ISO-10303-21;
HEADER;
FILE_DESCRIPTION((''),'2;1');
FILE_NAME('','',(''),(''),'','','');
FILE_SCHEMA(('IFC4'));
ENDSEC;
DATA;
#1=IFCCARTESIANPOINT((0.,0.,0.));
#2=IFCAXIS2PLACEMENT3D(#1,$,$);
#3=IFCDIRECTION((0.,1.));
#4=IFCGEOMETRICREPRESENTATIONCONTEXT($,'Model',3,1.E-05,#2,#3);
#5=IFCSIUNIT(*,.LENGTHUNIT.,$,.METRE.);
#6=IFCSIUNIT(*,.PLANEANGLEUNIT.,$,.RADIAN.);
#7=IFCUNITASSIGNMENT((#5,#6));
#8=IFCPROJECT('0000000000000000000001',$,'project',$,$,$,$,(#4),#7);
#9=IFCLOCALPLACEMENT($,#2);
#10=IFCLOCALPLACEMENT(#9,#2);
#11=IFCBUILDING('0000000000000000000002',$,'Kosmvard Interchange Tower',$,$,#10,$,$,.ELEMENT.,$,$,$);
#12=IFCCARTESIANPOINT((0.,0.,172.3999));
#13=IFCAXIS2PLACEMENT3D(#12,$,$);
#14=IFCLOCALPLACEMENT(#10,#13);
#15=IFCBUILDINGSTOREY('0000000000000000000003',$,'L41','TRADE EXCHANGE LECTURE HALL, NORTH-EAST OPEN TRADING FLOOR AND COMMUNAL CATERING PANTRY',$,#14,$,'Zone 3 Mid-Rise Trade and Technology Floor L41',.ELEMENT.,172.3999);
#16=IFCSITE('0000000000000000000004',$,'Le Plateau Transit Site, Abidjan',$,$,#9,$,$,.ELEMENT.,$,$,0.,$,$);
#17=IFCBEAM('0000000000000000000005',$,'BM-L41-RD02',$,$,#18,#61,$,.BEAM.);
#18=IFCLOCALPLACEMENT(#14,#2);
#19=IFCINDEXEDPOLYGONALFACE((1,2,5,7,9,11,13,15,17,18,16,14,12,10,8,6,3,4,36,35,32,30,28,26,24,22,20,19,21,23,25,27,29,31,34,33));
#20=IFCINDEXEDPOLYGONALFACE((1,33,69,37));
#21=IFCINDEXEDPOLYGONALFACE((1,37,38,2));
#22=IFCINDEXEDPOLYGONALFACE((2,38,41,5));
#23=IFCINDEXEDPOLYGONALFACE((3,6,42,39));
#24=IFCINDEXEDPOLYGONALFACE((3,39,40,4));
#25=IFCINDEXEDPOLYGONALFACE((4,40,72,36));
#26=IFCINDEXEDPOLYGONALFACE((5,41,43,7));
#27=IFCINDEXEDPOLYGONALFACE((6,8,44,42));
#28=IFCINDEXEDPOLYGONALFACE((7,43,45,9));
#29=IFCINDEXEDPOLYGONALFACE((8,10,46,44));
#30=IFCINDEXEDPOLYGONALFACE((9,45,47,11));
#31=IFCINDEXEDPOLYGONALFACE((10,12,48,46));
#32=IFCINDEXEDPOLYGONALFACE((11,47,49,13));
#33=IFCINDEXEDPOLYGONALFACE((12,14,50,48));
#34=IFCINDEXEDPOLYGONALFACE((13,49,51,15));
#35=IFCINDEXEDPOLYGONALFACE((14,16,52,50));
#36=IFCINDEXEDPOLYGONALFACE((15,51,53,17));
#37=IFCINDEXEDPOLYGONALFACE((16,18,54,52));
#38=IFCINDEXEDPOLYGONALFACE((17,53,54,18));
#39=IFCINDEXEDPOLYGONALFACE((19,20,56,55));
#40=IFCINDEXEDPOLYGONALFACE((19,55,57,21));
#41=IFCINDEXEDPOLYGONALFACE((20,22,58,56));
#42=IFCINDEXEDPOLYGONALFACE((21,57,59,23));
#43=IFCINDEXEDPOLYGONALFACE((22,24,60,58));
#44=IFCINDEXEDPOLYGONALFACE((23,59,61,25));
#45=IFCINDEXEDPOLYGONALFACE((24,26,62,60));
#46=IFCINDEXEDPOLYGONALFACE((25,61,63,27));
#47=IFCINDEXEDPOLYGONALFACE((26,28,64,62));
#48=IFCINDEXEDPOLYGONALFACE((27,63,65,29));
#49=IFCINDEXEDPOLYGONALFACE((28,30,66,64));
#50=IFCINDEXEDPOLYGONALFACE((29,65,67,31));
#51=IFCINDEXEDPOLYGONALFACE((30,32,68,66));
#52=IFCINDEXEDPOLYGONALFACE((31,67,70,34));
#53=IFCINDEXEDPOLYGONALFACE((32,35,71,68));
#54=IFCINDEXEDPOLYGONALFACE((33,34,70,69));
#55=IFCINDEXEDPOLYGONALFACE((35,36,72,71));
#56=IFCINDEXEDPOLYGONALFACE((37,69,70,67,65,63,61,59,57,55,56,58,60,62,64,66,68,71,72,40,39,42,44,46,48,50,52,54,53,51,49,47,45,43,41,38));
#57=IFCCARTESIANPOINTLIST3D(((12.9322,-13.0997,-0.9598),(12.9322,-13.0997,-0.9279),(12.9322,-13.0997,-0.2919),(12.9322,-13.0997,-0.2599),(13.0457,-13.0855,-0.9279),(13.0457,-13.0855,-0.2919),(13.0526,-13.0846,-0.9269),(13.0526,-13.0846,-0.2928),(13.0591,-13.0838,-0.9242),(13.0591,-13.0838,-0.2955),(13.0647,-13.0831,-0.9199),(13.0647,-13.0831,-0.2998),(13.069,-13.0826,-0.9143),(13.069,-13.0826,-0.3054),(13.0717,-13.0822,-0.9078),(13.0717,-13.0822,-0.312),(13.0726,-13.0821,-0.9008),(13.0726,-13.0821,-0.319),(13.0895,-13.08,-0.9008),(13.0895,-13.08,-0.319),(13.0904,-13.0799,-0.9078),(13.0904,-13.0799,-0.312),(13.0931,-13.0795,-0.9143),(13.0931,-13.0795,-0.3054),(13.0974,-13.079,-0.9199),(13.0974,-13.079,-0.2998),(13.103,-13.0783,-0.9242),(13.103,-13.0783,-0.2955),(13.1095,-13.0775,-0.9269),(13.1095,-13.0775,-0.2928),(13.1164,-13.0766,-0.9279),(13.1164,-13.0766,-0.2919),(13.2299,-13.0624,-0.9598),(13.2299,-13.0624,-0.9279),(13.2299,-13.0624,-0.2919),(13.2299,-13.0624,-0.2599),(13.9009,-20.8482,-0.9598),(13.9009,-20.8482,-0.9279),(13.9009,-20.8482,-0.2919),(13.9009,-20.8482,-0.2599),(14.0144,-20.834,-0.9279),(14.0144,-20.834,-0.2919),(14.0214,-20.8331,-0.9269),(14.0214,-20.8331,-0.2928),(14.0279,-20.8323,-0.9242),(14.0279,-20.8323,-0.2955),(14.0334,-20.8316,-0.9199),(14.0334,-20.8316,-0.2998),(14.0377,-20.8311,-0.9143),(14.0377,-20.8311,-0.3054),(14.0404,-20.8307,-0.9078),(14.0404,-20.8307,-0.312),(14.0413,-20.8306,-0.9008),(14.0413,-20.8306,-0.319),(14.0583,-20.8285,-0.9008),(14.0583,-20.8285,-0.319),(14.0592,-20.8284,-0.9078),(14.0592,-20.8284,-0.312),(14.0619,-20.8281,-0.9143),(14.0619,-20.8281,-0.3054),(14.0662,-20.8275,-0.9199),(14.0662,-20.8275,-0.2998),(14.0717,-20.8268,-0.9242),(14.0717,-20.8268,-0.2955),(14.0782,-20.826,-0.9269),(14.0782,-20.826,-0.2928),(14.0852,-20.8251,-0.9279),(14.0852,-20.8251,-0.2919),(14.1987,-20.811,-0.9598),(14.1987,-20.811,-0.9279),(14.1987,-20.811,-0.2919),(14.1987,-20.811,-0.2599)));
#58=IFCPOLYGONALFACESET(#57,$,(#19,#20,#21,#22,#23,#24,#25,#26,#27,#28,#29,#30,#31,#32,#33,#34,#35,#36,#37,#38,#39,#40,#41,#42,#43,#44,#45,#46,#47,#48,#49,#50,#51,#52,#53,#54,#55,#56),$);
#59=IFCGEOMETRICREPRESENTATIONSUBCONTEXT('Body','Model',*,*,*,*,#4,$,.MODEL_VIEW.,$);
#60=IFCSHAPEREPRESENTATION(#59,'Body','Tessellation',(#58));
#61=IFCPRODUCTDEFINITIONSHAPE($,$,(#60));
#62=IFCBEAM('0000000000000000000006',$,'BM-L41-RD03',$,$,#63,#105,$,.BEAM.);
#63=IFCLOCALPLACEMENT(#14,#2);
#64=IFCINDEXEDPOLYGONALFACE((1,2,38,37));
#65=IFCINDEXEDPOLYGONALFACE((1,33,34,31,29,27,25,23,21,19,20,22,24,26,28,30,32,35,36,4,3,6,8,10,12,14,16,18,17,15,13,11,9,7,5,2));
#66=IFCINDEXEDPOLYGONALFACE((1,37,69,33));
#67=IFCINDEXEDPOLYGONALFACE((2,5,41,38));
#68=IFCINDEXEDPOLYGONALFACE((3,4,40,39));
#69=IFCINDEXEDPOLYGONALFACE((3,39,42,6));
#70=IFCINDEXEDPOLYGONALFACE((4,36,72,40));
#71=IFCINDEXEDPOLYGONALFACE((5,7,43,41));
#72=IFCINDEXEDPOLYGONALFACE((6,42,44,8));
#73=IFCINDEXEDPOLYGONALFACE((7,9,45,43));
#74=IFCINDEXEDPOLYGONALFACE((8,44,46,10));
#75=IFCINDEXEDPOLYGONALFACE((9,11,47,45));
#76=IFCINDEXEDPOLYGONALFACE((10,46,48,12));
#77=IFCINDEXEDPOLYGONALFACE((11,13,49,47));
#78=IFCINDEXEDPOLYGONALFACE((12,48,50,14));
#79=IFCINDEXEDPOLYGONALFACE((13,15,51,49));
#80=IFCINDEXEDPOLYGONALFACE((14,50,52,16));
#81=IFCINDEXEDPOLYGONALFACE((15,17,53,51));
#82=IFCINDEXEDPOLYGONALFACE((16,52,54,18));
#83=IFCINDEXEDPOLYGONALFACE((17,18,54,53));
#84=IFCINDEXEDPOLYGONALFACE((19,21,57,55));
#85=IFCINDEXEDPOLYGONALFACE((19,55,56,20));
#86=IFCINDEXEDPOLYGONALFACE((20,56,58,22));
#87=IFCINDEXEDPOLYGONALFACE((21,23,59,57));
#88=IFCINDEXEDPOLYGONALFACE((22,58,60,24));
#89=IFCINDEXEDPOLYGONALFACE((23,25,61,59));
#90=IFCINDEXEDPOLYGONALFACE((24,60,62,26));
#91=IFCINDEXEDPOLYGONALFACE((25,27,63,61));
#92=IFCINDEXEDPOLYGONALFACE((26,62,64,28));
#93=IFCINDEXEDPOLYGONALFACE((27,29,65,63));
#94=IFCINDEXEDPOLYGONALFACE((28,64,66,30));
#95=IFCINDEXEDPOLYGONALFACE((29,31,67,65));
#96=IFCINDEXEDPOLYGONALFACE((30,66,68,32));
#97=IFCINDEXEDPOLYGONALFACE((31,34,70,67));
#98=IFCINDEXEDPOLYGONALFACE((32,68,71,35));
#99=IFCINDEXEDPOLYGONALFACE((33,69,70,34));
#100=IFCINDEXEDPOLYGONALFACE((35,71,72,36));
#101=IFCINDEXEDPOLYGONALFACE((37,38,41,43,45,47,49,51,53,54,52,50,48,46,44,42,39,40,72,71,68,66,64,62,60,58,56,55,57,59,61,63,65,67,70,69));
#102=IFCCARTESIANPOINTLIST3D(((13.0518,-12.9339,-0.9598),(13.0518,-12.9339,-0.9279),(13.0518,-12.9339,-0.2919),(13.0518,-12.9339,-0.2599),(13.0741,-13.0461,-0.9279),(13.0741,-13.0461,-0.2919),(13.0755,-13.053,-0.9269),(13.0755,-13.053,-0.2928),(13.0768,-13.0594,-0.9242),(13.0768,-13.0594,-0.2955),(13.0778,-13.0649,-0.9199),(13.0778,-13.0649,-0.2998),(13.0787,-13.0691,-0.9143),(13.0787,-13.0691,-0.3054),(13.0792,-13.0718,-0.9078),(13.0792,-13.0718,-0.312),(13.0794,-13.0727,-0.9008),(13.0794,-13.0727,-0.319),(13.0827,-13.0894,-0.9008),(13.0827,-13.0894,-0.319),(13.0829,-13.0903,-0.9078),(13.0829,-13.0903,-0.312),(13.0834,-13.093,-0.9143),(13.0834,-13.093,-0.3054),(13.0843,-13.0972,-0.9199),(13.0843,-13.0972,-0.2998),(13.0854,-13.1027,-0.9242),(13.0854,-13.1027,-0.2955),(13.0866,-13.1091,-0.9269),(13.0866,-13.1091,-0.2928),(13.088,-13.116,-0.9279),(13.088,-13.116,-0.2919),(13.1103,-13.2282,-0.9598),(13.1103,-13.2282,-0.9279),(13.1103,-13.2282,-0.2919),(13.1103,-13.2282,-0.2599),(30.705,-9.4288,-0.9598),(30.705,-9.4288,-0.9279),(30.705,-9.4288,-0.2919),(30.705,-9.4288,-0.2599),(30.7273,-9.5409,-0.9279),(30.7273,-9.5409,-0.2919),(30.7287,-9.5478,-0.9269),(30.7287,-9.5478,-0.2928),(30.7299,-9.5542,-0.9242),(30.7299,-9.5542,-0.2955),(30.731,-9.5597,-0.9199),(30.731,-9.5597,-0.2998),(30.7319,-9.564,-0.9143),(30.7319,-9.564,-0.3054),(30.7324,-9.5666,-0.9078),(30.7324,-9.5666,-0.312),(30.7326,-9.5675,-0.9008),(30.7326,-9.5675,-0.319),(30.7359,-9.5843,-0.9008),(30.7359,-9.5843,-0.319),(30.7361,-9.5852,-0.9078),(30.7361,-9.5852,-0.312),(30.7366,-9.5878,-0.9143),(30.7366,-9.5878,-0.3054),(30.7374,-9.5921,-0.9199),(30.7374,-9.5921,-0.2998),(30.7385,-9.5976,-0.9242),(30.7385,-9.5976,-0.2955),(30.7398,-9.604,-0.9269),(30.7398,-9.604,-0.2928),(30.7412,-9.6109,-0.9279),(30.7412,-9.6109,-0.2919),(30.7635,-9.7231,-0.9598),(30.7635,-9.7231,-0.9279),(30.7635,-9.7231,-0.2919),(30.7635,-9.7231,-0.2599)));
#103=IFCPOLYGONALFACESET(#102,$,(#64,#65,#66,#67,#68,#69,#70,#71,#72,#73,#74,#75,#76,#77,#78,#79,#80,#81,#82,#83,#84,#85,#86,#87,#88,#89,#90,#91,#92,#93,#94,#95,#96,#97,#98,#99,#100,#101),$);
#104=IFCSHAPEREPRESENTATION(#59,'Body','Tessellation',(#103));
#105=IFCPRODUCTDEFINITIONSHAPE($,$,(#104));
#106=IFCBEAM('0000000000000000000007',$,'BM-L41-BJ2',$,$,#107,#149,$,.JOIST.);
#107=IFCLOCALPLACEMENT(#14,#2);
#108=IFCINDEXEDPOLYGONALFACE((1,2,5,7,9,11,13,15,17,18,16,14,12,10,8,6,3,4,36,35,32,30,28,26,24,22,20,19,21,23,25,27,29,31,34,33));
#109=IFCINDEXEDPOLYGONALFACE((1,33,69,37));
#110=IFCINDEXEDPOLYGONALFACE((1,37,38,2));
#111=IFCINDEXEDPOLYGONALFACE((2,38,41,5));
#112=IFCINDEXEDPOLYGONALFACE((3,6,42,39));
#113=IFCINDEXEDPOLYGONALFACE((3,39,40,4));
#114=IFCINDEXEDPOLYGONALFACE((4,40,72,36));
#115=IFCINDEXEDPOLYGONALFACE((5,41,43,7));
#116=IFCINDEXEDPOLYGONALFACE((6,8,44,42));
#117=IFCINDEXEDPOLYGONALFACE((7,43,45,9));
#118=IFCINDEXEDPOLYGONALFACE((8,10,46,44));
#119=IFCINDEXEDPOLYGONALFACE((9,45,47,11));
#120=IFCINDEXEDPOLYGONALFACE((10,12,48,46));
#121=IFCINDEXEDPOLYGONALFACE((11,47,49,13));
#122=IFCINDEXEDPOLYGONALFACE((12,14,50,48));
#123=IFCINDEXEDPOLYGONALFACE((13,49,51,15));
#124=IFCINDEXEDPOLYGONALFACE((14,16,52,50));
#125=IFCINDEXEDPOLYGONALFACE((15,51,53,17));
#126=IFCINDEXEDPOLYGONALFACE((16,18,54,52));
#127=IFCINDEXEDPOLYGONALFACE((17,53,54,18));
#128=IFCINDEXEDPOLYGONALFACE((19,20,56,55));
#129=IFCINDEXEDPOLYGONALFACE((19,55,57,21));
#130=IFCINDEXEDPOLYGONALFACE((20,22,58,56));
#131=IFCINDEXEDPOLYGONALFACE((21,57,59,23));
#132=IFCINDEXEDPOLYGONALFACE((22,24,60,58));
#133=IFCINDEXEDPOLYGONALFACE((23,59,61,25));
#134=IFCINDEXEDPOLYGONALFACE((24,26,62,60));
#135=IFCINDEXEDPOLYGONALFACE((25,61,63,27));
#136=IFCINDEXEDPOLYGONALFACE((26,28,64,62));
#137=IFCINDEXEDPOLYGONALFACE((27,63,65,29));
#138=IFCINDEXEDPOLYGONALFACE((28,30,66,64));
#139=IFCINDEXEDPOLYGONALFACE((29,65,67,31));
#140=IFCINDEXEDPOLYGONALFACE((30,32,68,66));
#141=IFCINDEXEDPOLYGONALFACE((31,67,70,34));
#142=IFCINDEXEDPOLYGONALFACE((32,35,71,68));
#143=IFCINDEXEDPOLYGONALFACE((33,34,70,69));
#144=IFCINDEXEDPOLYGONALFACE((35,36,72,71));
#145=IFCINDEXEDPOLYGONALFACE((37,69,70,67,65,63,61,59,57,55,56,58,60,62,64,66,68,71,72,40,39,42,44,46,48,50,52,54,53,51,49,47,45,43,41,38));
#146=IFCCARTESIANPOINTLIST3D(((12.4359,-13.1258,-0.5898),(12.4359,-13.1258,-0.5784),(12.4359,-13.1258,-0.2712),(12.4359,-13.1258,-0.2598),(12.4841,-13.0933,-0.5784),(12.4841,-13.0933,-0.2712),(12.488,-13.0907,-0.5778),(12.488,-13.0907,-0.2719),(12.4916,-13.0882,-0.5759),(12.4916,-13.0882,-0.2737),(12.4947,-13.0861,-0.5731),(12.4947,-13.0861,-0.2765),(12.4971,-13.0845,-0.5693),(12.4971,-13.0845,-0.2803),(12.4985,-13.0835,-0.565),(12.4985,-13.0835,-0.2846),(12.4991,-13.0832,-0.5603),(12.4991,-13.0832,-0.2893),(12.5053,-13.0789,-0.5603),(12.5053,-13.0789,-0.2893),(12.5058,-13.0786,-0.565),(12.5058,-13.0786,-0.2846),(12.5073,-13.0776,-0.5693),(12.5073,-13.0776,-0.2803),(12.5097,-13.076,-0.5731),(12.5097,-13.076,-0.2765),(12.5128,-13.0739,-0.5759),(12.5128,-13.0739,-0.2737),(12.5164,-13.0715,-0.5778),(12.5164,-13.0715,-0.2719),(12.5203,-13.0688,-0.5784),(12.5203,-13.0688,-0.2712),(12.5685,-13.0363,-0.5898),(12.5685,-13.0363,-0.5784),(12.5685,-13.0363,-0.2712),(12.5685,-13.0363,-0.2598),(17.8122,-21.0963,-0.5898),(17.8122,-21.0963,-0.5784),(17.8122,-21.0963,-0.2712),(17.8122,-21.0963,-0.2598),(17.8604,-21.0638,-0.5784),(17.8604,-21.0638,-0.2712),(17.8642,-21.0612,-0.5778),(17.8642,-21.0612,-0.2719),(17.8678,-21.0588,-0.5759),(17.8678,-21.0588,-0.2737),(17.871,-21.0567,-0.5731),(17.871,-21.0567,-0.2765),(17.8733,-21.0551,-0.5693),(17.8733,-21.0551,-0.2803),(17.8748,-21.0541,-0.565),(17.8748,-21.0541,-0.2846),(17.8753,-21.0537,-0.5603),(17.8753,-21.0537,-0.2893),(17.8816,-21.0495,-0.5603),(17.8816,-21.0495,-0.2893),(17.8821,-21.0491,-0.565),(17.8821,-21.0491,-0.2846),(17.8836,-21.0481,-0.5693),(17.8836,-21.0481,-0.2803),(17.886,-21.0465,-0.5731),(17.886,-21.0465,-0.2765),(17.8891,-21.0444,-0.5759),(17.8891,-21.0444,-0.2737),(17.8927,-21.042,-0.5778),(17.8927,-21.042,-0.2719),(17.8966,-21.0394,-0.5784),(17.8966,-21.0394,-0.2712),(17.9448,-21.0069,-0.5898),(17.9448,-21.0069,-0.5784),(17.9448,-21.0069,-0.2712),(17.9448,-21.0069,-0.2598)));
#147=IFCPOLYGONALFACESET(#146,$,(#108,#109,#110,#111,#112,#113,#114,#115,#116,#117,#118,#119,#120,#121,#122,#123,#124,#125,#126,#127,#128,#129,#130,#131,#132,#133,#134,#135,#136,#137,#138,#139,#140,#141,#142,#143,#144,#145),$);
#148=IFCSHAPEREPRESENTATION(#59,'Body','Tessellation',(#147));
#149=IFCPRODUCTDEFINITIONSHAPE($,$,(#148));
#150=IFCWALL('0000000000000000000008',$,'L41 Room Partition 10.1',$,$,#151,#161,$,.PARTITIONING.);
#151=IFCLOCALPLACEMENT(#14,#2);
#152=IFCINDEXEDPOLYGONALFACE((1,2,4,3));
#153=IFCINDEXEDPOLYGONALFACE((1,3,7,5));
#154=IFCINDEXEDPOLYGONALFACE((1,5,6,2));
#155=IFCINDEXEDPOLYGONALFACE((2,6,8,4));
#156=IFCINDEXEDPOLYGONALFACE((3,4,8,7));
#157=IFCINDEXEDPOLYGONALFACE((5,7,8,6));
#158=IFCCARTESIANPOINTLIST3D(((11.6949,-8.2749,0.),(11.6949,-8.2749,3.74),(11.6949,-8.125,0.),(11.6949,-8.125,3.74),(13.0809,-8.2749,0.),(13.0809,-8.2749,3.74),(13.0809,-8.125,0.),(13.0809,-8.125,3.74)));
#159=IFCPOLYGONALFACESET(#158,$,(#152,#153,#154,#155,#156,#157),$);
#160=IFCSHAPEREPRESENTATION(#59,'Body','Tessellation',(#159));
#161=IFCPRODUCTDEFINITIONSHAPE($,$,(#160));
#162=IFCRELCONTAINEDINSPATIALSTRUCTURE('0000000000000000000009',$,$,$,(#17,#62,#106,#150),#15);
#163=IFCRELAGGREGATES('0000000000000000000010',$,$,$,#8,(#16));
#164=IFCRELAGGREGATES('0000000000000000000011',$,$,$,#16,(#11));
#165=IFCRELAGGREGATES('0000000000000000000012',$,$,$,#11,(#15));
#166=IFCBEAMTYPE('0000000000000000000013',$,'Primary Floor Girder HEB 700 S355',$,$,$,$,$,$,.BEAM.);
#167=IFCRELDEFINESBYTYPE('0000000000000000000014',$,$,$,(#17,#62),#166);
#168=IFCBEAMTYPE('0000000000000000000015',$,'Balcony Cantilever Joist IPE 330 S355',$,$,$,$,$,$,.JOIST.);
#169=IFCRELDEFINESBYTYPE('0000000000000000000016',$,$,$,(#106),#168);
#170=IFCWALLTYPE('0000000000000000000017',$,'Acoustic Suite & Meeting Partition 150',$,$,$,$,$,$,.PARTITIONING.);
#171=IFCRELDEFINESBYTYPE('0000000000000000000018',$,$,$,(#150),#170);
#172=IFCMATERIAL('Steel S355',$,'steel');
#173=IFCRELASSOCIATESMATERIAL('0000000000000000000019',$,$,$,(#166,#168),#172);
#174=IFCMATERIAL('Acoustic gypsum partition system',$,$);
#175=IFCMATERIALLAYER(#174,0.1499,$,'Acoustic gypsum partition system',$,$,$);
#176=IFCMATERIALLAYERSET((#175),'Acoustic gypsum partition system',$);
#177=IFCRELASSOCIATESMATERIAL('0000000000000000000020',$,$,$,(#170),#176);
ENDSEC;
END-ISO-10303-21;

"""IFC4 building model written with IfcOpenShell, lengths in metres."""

from ifc_helpers import new_model, si_unit, direction, frame, frame_2d, origin, origin_2d, place, context, subcontext, project, spatial, rectangle, i_section, extrude, source, transform, mapped, material, layer, layer_set, material_profile, profile_set, type_object, element, save


model = new_model("IFC4")

# Units and contexts
model_context = context("Model", 3, precision=1e-05, world=origin(), true_north=direction((0.0, 1.0)))
body_context = subcontext(model_context, "Body", "Model", "MODEL_VIEW")
ifc_project = project(units=[si_unit("LENGTHUNIT", "METRE"), si_unit("PLANEANGLEUNIT", "RADIAN")], contexts=[model_context])

# Site, building, storey
site_placement = place(None, origin())
site = spatial("IfcSite", under=ifc_project, at=site_placement, Name="Le Plateau Transit Site, Abidjan", CompositionType="ELEMENT", RefElevation=0.0)
building_placement = place(site_placement, origin())
building = spatial("IfcBuilding", under=site, at=building_placement, Name="Kosmvard Interchange Tower", CompositionType="ELEMENT")
storey_placement = place(building_placement, frame((0.0, 0.0, 172.3999)))
storey = spatial("IfcBuildingStorey", under=building, at=storey_placement, Name="L41", Description="TRADE EXCHANGE LECTURE HALL, NORTH-EAST OPEN TRADING FLOOR AND COMMUNAL CATERING PANTRY", LongName="Zone 3 Mid-Rise Trade and Technology Floor L41", CompositionType="ELEMENT", Elevation=172.3999)

# Beams
ifc_material_1 = material(Name="Steel S355", Category="steel")
ifc_material_profile_1 = material_profile(ifc_material_1, i_section(OverallWidth=0.3, OverallDepth=0.7, WebThickness=0.0171, FlangeThickness=0.032, FilletRadius=0.0271, at=origin_2d()), Name="HEB 700")
ifc_profile_set_1 = profile_set([ifc_material_profile_1], Name="Steel S355")
beam_type_1 = type_object("IfcBeamType", Name="Primary Floor Girder HEB 700 S355", PredefinedType="BEAM", material=ifc_profile_set_1)
shared_shape_1 = source(origin(), body_context, "Body", "SweptSolid", [
    extrude(i_section(OverallWidth=0.3, OverallDepth=0.7, WebThickness=0.0171, FlangeThickness=0.032, FilletRadius=0.0271, at=origin_2d()), origin(), (0.0, 0.0, 1.0), 7.8088),
])
beam_1_placement = place(storey_placement, frame((13.0811, -13.0811, -0.6099), z_axis=(0.124058, -0.992275, 0.0), x_axis=(0.992275, 0.124058, 0.0)))
element("IfcBeam", 1, at=beam_1_placement, inside=storey, type_object=beam_type_1, Name="BM-L41-RD02", PredefinedType="BEAM", context=body_context, shape_type="MappedRepresentation", body=[
    mapped(shared_shape_1, transform((0.0, 0.0, 0.0), scale=1.0)),
])
shared_shape_2 = source(origin(), body_context, "Body", "SweptSolid", [
    extrude(i_section(OverallWidth=0.3, OverallDepth=0.7, WebThickness=0.0171, FlangeThickness=0.032, FilletRadius=0.0271, at=origin_2d()), origin(), (0.0, 0.0, 1.0), 17.9978),
])
beam_2_placement = place(storey_placement, frame((13.0811, -13.0811, -0.6099), z_axis=(0.980852, 0.194754, 0.0), x_axis=(-0.194754, 0.980852, 0.0)))
element("IfcBeam", 2, at=beam_2_placement, inside=storey, type_object=beam_type_1, Name="BM-L41-RD03", PredefinedType="BEAM", context=body_context, shape_type="MappedRepresentation", body=[
    mapped(shared_shape_2, transform((0.0, 0.0, 0.0), scale=1.0)),
])
ifc_material_profile_2 = material_profile(ifc_material_1, i_section(OverallWidth=0.1599, OverallDepth=0.3301, WebThickness=0.0076, FlangeThickness=0.0115, FilletRadius=0.0181, at=origin_2d()), Name="IPE 330")
ifc_profile_set_2 = profile_set([ifc_material_profile_2], Name="Steel S355")
beam_type_2 = type_object("IfcBeamType", Name="Balcony Cantilever Joist IPE 330 S355", PredefinedType="JOIST", material=ifc_profile_set_2)
shared_shape_3 = source(origin(), body_context, "Body", "SweptSolid", [
    extrude(i_section(OverallWidth=0.1599, OverallDepth=0.3301, WebThickness=0.0076, FlangeThickness=0.0115, FilletRadius=0.0181, at=origin_2d()), origin(), (0.0, 0.0, 1.0), 9.6143),
])
beam_3_placement = place(storey_placement, frame((12.5022, -13.0811, -0.4248), z_axis=(0.559198, -0.829034, 0.0), x_axis=(0.829034, 0.559198, 0.0)))
element("IfcBeam", 3, at=beam_3_placement, inside=storey, type_object=beam_type_2, Name="BM-L41-BJ2", PredefinedType="JOIST", context=body_context, shape_type="MappedRepresentation", body=[
    mapped(shared_shape_3, transform((0.0, 0.0, 0.0), scale=1.0)),
])

# Wall
ifc_material_2 = material(Name="Acoustic gypsum partition system")
ifc_layer_1 = layer(ifc_material_2, 0.1499, Name="Acoustic gypsum partition system")
ifc_layer_set_1 = layer_set([ifc_layer_1], Name="Acoustic gypsum partition system")
wall_type_1 = type_object("IfcWallType", Name="Acoustic Suite & Meeting Partition 150", PredefinedType="PARTITIONING", material=ifc_layer_set_1)
wall_1_placement = place(storey_placement, frame((11.6951, -8.2, 0.0), z_axis=(0.0, 0.0, 1.0), x_axis=(1.0, 0.0, 0.0)))
element("IfcWall", 4, at=wall_1_placement, inside=storey, type_object=wall_type_1, Name="L41 Room Partition 10.1", PredefinedType="PARTITIONING", context=body_context, shape_type="SweptSolid", body=[
    extrude(rectangle(XDim=1.386, YDim=0.1499, at=frame_2d((0.6929, 0.0))), origin(), (0.0, 0.0, 1.0), 3.74),
])

save(model, "model.ifc")
